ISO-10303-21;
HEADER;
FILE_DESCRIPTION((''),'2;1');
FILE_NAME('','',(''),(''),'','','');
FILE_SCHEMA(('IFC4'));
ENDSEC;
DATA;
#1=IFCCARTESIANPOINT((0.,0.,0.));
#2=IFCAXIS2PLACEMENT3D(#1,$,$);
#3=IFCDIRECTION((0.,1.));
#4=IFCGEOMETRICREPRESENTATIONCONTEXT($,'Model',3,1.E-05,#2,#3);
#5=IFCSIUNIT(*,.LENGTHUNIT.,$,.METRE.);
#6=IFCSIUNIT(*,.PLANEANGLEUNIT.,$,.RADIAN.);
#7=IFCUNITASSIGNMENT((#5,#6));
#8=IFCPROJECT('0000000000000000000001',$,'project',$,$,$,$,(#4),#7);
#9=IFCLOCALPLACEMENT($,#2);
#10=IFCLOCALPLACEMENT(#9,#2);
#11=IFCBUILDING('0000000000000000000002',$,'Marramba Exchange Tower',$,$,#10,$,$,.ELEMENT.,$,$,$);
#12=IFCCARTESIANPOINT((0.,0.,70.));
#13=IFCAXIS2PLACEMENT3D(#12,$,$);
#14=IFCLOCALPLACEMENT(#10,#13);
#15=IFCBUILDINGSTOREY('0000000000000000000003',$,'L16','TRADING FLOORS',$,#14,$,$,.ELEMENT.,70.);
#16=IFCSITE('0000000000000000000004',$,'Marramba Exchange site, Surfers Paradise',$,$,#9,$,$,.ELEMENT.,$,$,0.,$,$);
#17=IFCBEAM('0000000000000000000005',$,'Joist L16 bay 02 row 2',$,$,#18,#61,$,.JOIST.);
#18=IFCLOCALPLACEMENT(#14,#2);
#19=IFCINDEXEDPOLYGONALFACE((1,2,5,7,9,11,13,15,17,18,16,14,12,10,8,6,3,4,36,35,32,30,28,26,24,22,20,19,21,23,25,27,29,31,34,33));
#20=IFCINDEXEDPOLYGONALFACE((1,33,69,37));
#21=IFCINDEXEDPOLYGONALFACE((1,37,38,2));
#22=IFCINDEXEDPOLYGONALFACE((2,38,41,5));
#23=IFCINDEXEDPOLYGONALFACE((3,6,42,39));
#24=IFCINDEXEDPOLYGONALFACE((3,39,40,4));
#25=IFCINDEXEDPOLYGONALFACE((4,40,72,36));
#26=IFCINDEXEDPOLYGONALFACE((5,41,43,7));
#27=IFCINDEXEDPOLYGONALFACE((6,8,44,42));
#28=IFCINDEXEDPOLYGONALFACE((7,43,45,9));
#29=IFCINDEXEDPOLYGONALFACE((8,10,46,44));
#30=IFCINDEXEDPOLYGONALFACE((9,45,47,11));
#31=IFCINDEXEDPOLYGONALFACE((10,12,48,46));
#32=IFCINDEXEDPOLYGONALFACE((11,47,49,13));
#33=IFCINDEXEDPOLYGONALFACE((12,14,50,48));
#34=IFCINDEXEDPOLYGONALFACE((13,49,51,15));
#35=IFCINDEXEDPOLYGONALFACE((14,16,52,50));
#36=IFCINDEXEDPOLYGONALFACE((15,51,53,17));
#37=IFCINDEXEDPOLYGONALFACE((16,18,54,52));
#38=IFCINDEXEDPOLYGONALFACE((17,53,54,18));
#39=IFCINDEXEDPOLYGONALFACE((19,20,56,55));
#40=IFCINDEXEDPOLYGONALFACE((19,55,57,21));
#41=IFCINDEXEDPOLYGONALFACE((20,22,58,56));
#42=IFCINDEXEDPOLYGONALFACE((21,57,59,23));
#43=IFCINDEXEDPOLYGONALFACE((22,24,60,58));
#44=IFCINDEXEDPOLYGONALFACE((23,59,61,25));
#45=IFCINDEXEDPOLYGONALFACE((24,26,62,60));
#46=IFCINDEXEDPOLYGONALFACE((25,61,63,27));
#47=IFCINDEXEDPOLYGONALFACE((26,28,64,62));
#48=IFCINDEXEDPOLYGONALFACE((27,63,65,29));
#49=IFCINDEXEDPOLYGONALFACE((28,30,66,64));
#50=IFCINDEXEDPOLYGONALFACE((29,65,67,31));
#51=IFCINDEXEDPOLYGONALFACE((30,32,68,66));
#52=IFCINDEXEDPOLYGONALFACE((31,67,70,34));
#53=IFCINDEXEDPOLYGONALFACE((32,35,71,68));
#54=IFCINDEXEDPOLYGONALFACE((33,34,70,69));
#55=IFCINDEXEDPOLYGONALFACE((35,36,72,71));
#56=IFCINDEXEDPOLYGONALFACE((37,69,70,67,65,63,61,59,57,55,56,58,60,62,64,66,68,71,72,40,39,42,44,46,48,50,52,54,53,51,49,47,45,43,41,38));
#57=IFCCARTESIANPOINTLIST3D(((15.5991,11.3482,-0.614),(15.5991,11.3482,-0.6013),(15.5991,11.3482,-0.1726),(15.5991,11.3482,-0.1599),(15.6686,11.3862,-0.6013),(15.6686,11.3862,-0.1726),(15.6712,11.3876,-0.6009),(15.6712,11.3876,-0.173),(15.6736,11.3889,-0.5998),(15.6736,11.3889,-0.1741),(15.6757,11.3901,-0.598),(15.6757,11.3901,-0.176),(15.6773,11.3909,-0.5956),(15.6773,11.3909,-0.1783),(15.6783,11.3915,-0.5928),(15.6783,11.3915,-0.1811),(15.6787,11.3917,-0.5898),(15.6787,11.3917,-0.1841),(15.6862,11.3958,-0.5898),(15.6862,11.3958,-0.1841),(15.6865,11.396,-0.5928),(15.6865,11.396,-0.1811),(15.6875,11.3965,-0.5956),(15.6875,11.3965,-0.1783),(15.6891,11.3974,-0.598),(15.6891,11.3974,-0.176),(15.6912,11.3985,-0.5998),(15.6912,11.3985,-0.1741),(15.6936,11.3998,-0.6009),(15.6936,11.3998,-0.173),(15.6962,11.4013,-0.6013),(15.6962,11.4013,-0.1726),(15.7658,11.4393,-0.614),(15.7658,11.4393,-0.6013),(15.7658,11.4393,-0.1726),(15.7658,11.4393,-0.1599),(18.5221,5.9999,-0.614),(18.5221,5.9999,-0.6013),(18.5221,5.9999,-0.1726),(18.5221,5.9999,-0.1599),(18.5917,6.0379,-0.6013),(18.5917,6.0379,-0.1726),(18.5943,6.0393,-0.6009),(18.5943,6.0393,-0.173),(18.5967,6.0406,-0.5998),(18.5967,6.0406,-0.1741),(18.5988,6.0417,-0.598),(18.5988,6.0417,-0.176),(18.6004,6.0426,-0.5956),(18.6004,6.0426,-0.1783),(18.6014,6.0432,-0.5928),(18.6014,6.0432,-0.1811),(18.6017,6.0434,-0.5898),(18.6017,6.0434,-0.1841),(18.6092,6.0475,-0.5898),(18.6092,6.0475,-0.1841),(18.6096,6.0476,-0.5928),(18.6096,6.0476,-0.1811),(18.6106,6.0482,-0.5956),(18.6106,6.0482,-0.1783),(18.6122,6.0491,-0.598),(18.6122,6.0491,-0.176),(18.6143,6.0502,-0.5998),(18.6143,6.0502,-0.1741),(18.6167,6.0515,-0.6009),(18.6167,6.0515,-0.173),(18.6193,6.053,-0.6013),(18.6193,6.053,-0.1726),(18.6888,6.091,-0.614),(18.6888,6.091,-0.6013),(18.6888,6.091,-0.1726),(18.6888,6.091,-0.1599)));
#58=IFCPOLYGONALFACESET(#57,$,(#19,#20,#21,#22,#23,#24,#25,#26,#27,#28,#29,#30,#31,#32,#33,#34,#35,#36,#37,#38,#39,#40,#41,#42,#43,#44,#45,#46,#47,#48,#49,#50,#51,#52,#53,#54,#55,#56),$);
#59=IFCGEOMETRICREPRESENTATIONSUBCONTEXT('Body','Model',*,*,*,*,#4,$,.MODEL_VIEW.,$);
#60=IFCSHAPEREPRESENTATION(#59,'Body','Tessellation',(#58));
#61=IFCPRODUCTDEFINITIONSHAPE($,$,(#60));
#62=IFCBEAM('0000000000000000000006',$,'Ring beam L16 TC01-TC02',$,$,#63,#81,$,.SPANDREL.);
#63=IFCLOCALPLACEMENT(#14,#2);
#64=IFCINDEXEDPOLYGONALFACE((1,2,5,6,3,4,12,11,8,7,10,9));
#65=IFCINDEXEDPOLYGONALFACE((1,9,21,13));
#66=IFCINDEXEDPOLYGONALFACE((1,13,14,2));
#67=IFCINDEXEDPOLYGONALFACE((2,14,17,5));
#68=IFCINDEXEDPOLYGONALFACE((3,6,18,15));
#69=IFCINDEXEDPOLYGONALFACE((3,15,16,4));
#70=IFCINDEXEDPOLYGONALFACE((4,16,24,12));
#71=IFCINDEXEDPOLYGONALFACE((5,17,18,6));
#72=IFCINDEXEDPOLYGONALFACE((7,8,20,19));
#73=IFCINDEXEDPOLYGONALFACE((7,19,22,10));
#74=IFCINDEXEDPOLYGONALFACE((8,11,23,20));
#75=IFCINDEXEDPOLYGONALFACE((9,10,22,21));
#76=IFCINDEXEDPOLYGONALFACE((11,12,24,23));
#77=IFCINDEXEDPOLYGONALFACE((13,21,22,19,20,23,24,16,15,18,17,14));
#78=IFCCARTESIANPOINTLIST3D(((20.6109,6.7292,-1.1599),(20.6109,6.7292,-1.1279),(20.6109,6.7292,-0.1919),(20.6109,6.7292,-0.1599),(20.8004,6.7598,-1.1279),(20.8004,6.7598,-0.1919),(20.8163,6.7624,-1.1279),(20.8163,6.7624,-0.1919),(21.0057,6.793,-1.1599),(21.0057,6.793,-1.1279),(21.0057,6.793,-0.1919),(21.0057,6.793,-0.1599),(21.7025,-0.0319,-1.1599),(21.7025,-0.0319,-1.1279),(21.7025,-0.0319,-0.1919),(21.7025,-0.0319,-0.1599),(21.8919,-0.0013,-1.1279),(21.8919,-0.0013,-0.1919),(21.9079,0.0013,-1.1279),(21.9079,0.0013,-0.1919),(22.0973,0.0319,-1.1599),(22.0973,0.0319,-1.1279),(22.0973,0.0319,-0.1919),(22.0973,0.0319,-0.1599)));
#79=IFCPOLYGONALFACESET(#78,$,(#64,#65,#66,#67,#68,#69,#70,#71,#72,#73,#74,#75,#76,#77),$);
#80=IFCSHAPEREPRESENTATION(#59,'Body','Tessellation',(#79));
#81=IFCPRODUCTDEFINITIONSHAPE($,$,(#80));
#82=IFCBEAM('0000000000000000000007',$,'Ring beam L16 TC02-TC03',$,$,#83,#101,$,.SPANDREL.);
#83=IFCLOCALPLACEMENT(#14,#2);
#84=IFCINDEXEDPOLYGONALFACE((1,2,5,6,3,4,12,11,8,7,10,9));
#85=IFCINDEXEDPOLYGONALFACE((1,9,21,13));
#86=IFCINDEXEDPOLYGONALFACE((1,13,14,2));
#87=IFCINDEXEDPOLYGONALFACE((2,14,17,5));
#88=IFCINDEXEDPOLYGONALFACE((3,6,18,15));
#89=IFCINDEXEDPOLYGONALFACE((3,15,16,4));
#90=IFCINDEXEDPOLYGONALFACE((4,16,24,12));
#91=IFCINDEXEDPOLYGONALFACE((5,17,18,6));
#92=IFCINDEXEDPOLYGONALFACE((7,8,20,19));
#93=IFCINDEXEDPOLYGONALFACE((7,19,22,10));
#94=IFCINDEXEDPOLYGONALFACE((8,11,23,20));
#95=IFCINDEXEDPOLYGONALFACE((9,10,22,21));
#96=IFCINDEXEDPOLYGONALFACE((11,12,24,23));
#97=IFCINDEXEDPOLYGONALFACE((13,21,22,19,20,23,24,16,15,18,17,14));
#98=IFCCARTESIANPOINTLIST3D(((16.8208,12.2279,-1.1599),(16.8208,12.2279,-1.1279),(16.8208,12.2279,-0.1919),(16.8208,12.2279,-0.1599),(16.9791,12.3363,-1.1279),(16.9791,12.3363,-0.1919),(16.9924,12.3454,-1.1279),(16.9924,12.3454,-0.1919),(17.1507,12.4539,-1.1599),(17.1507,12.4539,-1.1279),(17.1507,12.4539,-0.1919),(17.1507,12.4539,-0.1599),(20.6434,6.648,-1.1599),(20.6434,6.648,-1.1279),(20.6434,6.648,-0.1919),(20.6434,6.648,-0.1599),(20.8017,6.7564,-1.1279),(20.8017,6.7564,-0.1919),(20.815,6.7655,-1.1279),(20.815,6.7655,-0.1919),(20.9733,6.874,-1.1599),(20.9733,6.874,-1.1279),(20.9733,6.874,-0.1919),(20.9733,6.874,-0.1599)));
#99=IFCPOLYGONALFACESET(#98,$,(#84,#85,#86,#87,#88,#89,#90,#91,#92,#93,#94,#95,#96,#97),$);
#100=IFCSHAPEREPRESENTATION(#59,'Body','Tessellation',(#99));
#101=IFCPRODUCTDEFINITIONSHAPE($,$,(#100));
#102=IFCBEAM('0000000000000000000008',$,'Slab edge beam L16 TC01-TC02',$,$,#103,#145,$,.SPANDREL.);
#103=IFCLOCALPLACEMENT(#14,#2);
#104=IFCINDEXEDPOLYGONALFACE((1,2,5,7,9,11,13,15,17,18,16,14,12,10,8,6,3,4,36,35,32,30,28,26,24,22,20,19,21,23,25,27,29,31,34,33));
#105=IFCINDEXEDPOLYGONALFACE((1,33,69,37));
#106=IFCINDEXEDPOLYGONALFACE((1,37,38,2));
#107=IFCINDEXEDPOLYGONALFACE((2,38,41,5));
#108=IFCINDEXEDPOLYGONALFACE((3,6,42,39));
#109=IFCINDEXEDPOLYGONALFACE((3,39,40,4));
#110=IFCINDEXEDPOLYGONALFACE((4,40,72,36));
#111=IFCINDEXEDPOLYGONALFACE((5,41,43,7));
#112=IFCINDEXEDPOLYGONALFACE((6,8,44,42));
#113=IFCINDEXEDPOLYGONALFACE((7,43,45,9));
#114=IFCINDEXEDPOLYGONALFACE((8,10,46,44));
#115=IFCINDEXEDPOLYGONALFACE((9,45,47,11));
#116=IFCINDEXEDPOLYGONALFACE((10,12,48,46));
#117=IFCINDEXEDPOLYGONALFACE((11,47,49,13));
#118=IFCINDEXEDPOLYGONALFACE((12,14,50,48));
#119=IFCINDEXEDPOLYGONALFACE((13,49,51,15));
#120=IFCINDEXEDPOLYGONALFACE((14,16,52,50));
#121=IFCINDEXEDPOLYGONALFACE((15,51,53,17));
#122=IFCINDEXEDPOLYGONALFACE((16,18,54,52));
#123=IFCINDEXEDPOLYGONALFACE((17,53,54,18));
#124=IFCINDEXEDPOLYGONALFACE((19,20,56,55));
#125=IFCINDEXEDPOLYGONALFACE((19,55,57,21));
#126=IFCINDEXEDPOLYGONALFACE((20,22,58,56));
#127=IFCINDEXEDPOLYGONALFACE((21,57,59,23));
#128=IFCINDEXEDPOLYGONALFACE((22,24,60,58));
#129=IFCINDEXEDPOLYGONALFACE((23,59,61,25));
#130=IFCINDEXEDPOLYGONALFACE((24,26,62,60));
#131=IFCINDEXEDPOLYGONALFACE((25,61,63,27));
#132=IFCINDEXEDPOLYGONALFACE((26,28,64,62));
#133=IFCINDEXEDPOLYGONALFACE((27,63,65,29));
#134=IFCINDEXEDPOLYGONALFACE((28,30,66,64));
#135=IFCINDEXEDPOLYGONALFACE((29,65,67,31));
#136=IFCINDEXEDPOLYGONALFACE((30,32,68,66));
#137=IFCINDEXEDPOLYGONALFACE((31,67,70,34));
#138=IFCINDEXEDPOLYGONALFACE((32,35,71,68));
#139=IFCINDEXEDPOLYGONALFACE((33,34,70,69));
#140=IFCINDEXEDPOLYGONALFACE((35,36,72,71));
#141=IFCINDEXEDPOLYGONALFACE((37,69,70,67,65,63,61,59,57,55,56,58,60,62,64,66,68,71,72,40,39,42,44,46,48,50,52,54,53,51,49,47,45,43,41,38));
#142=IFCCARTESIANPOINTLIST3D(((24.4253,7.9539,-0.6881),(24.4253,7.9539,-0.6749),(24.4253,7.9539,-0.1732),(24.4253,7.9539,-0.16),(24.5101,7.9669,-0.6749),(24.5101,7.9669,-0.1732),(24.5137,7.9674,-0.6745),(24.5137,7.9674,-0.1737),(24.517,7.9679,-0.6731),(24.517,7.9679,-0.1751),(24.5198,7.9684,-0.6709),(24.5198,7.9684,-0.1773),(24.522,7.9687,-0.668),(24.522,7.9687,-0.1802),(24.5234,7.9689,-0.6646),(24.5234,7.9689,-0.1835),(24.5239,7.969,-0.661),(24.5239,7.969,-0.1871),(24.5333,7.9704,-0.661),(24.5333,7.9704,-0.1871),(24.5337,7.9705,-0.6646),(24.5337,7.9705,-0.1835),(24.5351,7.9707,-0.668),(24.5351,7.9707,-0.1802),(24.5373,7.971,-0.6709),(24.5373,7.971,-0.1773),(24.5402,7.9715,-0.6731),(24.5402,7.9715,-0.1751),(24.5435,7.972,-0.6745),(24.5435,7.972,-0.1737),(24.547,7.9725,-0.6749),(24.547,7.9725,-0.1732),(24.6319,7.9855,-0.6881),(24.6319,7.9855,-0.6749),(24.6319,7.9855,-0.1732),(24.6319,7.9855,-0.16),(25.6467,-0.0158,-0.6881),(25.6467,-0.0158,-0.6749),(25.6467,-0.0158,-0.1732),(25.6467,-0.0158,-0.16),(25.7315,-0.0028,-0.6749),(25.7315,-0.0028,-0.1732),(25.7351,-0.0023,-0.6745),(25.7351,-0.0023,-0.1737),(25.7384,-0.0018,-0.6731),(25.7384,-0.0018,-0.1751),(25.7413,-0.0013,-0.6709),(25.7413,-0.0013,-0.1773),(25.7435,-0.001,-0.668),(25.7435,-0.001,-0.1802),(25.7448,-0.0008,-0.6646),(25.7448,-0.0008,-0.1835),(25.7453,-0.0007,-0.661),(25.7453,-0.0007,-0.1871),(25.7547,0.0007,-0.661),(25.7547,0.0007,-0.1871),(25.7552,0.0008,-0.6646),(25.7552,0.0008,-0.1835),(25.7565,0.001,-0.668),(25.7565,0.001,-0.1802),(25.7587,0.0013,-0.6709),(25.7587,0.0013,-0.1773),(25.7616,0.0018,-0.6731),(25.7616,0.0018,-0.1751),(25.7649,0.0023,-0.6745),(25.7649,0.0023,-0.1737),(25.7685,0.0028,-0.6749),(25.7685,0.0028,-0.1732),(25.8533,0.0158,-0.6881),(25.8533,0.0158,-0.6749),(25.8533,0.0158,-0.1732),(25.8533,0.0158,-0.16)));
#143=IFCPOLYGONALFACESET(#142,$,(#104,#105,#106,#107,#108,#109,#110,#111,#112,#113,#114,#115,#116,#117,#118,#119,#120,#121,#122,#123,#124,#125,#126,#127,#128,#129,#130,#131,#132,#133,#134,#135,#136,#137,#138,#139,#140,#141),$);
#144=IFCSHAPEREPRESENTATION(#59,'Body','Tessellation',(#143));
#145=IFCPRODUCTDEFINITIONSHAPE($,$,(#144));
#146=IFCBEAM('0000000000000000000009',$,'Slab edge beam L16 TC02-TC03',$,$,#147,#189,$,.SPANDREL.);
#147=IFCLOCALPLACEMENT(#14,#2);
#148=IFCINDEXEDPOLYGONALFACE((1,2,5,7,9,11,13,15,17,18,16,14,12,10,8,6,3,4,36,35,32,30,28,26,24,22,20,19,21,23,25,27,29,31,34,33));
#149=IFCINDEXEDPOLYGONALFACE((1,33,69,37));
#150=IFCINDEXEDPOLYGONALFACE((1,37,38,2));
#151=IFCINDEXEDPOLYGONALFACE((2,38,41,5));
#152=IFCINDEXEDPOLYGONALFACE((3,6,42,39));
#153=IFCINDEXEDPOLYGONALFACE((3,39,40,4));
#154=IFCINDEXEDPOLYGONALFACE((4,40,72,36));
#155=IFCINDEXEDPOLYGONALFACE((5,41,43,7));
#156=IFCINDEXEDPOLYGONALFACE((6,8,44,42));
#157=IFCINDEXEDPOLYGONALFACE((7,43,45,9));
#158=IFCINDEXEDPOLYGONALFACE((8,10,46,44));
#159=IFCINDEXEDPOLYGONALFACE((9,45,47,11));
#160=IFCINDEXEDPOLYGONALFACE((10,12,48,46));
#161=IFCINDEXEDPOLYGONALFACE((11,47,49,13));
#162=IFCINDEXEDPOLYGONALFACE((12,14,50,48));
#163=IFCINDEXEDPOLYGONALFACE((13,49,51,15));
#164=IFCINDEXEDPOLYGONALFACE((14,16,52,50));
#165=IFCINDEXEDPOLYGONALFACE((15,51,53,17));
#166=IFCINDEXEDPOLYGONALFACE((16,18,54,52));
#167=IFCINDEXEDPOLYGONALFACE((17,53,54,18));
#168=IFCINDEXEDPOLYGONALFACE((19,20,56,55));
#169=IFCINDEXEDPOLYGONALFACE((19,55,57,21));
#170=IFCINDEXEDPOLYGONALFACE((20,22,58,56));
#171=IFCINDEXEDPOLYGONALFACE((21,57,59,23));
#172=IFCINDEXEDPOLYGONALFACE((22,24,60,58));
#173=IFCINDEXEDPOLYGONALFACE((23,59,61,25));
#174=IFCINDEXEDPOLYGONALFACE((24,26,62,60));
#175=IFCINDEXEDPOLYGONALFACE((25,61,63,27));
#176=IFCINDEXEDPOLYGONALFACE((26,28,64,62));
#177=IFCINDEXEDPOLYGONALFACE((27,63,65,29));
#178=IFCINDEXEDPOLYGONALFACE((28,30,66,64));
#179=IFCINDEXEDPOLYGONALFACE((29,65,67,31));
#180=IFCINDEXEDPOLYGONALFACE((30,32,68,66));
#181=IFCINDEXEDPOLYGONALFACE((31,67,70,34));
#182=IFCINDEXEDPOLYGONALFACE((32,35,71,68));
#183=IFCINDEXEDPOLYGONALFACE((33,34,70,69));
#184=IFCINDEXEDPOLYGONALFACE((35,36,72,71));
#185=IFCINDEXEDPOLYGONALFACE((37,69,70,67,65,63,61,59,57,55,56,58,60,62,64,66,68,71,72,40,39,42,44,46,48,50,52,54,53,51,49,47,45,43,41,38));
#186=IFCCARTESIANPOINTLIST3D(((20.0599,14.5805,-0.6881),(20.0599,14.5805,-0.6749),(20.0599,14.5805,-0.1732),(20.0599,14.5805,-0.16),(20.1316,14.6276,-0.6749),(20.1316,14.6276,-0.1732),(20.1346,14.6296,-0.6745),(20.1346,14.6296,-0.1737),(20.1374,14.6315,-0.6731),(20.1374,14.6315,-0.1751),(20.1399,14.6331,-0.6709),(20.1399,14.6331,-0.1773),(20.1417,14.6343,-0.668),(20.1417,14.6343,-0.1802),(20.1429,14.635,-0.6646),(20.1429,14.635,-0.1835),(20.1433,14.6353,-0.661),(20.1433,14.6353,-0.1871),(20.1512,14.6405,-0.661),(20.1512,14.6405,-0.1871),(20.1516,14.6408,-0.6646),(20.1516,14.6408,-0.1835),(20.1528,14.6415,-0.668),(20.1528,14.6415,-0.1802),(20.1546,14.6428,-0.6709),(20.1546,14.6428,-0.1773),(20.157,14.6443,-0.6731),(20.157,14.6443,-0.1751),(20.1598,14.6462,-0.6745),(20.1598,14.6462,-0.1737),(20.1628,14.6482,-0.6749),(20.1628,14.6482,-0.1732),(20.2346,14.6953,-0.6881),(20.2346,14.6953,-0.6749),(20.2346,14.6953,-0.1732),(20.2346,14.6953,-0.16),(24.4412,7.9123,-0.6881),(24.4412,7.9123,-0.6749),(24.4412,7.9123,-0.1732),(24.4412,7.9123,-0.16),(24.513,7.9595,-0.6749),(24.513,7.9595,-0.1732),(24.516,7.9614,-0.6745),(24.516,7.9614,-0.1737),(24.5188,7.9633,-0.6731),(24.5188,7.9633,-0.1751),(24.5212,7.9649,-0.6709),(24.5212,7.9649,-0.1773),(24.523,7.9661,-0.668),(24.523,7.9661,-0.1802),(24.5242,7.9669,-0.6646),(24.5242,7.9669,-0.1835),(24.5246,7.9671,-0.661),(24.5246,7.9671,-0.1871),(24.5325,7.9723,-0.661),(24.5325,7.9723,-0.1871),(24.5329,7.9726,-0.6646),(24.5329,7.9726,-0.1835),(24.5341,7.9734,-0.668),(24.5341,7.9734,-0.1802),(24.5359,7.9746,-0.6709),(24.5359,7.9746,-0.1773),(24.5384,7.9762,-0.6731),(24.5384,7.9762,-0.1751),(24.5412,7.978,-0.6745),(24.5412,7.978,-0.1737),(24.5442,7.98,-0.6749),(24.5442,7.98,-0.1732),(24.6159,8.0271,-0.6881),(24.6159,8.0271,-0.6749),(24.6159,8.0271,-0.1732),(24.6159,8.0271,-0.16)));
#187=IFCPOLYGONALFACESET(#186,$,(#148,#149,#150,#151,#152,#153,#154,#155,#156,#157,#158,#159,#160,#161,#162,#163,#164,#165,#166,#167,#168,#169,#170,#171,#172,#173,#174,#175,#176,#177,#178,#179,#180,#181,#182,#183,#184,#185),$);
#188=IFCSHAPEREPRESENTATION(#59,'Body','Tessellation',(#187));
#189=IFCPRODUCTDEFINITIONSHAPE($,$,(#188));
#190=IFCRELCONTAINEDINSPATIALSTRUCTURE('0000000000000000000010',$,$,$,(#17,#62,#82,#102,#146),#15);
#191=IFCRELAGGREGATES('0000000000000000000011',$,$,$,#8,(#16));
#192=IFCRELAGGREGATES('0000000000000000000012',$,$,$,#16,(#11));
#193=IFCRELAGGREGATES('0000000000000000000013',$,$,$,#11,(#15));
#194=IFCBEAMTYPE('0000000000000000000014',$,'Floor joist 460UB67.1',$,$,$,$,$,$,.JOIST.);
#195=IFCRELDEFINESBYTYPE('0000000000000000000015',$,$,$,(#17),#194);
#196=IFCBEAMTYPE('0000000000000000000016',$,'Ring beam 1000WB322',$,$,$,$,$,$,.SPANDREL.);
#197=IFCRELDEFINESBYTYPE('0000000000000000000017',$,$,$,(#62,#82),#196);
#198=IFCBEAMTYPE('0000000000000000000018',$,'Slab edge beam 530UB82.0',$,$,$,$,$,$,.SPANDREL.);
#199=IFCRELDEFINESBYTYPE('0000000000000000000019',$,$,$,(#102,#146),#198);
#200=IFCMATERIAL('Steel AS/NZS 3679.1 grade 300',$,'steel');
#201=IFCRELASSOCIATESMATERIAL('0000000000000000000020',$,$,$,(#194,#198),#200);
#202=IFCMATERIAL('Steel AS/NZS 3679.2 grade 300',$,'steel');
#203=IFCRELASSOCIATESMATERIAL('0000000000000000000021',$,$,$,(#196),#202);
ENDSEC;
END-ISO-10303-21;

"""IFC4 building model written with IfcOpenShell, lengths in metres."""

from ifc_helpers import new_model, si_unit, direction, frame, origin, origin_2d, place, context, subcontext, project, spatial, i_section, extrude, material, material_profile, profile_set, type_object, element, save


model = new_model("IFC4")

# Units and contexts
model_context = context("Model", 3, precision=1e-05, world=origin(), true_north=direction((0.0, 1.0)))
body_context = subcontext(model_context, "Body", "Model", "MODEL_VIEW")
ifc_project = project(units=[si_unit("LENGTHUNIT", "METRE"), si_unit("PLANEANGLEUNIT", "RADIAN")], contexts=[model_context])

# Site, building, storey
site_placement = place(None, origin())
site = spatial("IfcSite", under=ifc_project, at=site_placement, Name="Marramba Exchange site, Surfers Paradise", CompositionType="ELEMENT", RefElevation=0.0)
building_placement = place(site_placement, origin())
building = spatial("IfcBuilding", under=site, at=building_placement, Name="Marramba Exchange Tower", CompositionType="ELEMENT")
storey_placement = place(building_placement, frame((0.0, 0.0, 70.0)))
storey = spatial("IfcBuildingStorey", under=building, at=storey_placement, Name="L16", Description="TRADING FLOORS", CompositionType="ELEMENT", Elevation=70.0)

# Beams
ifc_material_1 = material(Name="Steel AS/NZS 3679.2 grade 300", Category="steel")
ifc_material_2 = material(Name="Steel AS/NZS 3679.1 grade 300", Category="steel")
ifc_material_profile_1 = material_profile(ifc_material_2, i_section(OverallWidth=0.1899, OverallDepth=0.4541, WebThickness=0.0085, FlangeThickness=0.0127, FilletRadius=0.0115, at=origin_2d()), Name="460UB67.1")
ifc_profile_set_1 = profile_set([ifc_material_profile_1], Name="Steel AS/NZS 3679.1 grade 300")
beam_type_1 = type_object("IfcBeamType", Name="Floor joist 460UB67.1", PredefinedType="JOIST", material=ifc_profile_set_1)
beam_1_placement = place(storey_placement, frame((18.6055, 6.0454, -0.387), z_axis=(-0.479584, 0.877496, 0.0), x_axis=(-0.877496, -0.479584, 0.0)))
element("IfcBeam", 1, at=beam_1_placement, inside=storey, type_object=beam_type_1, Name="Joist L16 bay 02 row 2", PredefinedType="JOIST", context=body_context, shape_type="SweptSolid", body=[
    extrude(i_section(OverallWidth=0.1899, OverallDepth=0.4541, WebThickness=0.0085, FlangeThickness=0.0127, FilletRadius=0.0115, at=origin_2d()), origin(), (0.0, 0.0, 1.0), 6.095),
])
ifc_material_profile_2 = material_profile(ifc_material_1, i_section(OverallWidth=0.3999, OverallDepth=1.0, WebThickness=0.0161, FlangeThickness=0.032, at=origin_2d()), Name="1000WB322")
ifc_profile_set_2 = profile_set([ifc_material_profile_2], Name="Steel AS/NZS 3679.2 grade 300")
beam_type_2 = type_object("IfcBeamType", Name="Ring beam 1000WB322", PredefinedType="SPANDREL", material=ifc_profile_set_2)
beam_2_placement = place(storey_placement, frame((21.8999, 0.0, -0.6599), z_axis=(-0.159385, 0.987217, 0.0), x_axis=(-0.987217, -0.159385, 0.0)))
element("IfcBeam", 2, at=beam_2_placement, inside=storey, type_object=beam_type_2, Name="Ring beam L16 TC01-TC02", PredefinedType="SPANDREL", context=body_context, shape_type="SweptSolid", body=[
    extrude(i_section(OverallWidth=0.3999, OverallDepth=1.0, WebThickness=0.0161, FlangeThickness=0.032, at=origin_2d()), origin(), (0.0, 0.0, 1.0), 6.8486),
])
beam_3_placement = place(storey_placement, frame((20.8083, 6.761, -0.6599), z_axis=(-0.56516, 0.824981, 0.0), x_axis=(-0.824981, -0.56516, 0.0)))
element("IfcBeam", 3, at=beam_3_placement, inside=storey, type_object=beam_type_2, Name="Ring beam L16 TC02-TC03", PredefinedType="SPANDREL", context=body_context, shape_type="SweptSolid", body=[
    extrude(i_section(OverallWidth=0.3999, OverallDepth=1.0, WebThickness=0.0161, FlangeThickness=0.032, at=origin_2d()), origin(), (0.0, 0.0, 1.0), 6.7637),
])
ifc_material_profile_3 = material_profile(ifc_material_2, i_section(OverallWidth=0.209, OverallDepth=0.5281, WebThickness=0.0095, FlangeThickness=0.0132, FilletRadius=0.0139, at=origin_2d()), Name="530UB82.0")
ifc_profile_set_3 = profile_set([ifc_material_profile_3], Name="Steel AS/NZS 3679.1 grade 300")
beam_type_3 = type_object("IfcBeamType", Name="Slab edge beam 530UB82.0", PredefinedType="SPANDREL", material=ifc_profile_set_3)
beam_4_placement = place(storey_placement, frame((25.75, 0.0, -0.4241), z_axis=(-0.151491, 0.988459, 0.0), x_axis=(-0.988459, -0.151491, 0.0)))
element("IfcBeam", 4, at=beam_4_placement, inside=storey, type_object=beam_type_3, Name="Slab edge beam L16 TC01-TC02", PredefinedType="SPANDREL", context=body_context, shape_type="SweptSolid", body=[
    extrude(i_section(OverallWidth=0.209, OverallDepth=0.5281, WebThickness=0.0095, FlangeThickness=0.0132, FilletRadius=0.0139, at=origin_2d()), origin(), (0.0, 0.0, 1.0), 8.0627),
])
beam_5_placement = place(storey_placement, frame((24.5286, 7.9697, -0.4241), z_axis=(-0.549124, 0.835741, 0.0), x_axis=(-0.835741, -0.549124, 0.0)))
element("IfcBeam", 5, at=beam_5_placement, inside=storey, type_object=beam_type_3, Name="Slab edge beam L16 TC02-TC03", PredefinedType="SPANDREL", context=body_context, shape_type="SweptSolid", body=[
    extrude(i_section(OverallWidth=0.209, OverallDepth=0.5281, WebThickness=0.0095, FlangeThickness=0.0132, FilletRadius=0.0139, at=origin_2d()), origin(), (0.0, 0.0, 1.0), 7.9788),
])

save(model, "model.ifc")
